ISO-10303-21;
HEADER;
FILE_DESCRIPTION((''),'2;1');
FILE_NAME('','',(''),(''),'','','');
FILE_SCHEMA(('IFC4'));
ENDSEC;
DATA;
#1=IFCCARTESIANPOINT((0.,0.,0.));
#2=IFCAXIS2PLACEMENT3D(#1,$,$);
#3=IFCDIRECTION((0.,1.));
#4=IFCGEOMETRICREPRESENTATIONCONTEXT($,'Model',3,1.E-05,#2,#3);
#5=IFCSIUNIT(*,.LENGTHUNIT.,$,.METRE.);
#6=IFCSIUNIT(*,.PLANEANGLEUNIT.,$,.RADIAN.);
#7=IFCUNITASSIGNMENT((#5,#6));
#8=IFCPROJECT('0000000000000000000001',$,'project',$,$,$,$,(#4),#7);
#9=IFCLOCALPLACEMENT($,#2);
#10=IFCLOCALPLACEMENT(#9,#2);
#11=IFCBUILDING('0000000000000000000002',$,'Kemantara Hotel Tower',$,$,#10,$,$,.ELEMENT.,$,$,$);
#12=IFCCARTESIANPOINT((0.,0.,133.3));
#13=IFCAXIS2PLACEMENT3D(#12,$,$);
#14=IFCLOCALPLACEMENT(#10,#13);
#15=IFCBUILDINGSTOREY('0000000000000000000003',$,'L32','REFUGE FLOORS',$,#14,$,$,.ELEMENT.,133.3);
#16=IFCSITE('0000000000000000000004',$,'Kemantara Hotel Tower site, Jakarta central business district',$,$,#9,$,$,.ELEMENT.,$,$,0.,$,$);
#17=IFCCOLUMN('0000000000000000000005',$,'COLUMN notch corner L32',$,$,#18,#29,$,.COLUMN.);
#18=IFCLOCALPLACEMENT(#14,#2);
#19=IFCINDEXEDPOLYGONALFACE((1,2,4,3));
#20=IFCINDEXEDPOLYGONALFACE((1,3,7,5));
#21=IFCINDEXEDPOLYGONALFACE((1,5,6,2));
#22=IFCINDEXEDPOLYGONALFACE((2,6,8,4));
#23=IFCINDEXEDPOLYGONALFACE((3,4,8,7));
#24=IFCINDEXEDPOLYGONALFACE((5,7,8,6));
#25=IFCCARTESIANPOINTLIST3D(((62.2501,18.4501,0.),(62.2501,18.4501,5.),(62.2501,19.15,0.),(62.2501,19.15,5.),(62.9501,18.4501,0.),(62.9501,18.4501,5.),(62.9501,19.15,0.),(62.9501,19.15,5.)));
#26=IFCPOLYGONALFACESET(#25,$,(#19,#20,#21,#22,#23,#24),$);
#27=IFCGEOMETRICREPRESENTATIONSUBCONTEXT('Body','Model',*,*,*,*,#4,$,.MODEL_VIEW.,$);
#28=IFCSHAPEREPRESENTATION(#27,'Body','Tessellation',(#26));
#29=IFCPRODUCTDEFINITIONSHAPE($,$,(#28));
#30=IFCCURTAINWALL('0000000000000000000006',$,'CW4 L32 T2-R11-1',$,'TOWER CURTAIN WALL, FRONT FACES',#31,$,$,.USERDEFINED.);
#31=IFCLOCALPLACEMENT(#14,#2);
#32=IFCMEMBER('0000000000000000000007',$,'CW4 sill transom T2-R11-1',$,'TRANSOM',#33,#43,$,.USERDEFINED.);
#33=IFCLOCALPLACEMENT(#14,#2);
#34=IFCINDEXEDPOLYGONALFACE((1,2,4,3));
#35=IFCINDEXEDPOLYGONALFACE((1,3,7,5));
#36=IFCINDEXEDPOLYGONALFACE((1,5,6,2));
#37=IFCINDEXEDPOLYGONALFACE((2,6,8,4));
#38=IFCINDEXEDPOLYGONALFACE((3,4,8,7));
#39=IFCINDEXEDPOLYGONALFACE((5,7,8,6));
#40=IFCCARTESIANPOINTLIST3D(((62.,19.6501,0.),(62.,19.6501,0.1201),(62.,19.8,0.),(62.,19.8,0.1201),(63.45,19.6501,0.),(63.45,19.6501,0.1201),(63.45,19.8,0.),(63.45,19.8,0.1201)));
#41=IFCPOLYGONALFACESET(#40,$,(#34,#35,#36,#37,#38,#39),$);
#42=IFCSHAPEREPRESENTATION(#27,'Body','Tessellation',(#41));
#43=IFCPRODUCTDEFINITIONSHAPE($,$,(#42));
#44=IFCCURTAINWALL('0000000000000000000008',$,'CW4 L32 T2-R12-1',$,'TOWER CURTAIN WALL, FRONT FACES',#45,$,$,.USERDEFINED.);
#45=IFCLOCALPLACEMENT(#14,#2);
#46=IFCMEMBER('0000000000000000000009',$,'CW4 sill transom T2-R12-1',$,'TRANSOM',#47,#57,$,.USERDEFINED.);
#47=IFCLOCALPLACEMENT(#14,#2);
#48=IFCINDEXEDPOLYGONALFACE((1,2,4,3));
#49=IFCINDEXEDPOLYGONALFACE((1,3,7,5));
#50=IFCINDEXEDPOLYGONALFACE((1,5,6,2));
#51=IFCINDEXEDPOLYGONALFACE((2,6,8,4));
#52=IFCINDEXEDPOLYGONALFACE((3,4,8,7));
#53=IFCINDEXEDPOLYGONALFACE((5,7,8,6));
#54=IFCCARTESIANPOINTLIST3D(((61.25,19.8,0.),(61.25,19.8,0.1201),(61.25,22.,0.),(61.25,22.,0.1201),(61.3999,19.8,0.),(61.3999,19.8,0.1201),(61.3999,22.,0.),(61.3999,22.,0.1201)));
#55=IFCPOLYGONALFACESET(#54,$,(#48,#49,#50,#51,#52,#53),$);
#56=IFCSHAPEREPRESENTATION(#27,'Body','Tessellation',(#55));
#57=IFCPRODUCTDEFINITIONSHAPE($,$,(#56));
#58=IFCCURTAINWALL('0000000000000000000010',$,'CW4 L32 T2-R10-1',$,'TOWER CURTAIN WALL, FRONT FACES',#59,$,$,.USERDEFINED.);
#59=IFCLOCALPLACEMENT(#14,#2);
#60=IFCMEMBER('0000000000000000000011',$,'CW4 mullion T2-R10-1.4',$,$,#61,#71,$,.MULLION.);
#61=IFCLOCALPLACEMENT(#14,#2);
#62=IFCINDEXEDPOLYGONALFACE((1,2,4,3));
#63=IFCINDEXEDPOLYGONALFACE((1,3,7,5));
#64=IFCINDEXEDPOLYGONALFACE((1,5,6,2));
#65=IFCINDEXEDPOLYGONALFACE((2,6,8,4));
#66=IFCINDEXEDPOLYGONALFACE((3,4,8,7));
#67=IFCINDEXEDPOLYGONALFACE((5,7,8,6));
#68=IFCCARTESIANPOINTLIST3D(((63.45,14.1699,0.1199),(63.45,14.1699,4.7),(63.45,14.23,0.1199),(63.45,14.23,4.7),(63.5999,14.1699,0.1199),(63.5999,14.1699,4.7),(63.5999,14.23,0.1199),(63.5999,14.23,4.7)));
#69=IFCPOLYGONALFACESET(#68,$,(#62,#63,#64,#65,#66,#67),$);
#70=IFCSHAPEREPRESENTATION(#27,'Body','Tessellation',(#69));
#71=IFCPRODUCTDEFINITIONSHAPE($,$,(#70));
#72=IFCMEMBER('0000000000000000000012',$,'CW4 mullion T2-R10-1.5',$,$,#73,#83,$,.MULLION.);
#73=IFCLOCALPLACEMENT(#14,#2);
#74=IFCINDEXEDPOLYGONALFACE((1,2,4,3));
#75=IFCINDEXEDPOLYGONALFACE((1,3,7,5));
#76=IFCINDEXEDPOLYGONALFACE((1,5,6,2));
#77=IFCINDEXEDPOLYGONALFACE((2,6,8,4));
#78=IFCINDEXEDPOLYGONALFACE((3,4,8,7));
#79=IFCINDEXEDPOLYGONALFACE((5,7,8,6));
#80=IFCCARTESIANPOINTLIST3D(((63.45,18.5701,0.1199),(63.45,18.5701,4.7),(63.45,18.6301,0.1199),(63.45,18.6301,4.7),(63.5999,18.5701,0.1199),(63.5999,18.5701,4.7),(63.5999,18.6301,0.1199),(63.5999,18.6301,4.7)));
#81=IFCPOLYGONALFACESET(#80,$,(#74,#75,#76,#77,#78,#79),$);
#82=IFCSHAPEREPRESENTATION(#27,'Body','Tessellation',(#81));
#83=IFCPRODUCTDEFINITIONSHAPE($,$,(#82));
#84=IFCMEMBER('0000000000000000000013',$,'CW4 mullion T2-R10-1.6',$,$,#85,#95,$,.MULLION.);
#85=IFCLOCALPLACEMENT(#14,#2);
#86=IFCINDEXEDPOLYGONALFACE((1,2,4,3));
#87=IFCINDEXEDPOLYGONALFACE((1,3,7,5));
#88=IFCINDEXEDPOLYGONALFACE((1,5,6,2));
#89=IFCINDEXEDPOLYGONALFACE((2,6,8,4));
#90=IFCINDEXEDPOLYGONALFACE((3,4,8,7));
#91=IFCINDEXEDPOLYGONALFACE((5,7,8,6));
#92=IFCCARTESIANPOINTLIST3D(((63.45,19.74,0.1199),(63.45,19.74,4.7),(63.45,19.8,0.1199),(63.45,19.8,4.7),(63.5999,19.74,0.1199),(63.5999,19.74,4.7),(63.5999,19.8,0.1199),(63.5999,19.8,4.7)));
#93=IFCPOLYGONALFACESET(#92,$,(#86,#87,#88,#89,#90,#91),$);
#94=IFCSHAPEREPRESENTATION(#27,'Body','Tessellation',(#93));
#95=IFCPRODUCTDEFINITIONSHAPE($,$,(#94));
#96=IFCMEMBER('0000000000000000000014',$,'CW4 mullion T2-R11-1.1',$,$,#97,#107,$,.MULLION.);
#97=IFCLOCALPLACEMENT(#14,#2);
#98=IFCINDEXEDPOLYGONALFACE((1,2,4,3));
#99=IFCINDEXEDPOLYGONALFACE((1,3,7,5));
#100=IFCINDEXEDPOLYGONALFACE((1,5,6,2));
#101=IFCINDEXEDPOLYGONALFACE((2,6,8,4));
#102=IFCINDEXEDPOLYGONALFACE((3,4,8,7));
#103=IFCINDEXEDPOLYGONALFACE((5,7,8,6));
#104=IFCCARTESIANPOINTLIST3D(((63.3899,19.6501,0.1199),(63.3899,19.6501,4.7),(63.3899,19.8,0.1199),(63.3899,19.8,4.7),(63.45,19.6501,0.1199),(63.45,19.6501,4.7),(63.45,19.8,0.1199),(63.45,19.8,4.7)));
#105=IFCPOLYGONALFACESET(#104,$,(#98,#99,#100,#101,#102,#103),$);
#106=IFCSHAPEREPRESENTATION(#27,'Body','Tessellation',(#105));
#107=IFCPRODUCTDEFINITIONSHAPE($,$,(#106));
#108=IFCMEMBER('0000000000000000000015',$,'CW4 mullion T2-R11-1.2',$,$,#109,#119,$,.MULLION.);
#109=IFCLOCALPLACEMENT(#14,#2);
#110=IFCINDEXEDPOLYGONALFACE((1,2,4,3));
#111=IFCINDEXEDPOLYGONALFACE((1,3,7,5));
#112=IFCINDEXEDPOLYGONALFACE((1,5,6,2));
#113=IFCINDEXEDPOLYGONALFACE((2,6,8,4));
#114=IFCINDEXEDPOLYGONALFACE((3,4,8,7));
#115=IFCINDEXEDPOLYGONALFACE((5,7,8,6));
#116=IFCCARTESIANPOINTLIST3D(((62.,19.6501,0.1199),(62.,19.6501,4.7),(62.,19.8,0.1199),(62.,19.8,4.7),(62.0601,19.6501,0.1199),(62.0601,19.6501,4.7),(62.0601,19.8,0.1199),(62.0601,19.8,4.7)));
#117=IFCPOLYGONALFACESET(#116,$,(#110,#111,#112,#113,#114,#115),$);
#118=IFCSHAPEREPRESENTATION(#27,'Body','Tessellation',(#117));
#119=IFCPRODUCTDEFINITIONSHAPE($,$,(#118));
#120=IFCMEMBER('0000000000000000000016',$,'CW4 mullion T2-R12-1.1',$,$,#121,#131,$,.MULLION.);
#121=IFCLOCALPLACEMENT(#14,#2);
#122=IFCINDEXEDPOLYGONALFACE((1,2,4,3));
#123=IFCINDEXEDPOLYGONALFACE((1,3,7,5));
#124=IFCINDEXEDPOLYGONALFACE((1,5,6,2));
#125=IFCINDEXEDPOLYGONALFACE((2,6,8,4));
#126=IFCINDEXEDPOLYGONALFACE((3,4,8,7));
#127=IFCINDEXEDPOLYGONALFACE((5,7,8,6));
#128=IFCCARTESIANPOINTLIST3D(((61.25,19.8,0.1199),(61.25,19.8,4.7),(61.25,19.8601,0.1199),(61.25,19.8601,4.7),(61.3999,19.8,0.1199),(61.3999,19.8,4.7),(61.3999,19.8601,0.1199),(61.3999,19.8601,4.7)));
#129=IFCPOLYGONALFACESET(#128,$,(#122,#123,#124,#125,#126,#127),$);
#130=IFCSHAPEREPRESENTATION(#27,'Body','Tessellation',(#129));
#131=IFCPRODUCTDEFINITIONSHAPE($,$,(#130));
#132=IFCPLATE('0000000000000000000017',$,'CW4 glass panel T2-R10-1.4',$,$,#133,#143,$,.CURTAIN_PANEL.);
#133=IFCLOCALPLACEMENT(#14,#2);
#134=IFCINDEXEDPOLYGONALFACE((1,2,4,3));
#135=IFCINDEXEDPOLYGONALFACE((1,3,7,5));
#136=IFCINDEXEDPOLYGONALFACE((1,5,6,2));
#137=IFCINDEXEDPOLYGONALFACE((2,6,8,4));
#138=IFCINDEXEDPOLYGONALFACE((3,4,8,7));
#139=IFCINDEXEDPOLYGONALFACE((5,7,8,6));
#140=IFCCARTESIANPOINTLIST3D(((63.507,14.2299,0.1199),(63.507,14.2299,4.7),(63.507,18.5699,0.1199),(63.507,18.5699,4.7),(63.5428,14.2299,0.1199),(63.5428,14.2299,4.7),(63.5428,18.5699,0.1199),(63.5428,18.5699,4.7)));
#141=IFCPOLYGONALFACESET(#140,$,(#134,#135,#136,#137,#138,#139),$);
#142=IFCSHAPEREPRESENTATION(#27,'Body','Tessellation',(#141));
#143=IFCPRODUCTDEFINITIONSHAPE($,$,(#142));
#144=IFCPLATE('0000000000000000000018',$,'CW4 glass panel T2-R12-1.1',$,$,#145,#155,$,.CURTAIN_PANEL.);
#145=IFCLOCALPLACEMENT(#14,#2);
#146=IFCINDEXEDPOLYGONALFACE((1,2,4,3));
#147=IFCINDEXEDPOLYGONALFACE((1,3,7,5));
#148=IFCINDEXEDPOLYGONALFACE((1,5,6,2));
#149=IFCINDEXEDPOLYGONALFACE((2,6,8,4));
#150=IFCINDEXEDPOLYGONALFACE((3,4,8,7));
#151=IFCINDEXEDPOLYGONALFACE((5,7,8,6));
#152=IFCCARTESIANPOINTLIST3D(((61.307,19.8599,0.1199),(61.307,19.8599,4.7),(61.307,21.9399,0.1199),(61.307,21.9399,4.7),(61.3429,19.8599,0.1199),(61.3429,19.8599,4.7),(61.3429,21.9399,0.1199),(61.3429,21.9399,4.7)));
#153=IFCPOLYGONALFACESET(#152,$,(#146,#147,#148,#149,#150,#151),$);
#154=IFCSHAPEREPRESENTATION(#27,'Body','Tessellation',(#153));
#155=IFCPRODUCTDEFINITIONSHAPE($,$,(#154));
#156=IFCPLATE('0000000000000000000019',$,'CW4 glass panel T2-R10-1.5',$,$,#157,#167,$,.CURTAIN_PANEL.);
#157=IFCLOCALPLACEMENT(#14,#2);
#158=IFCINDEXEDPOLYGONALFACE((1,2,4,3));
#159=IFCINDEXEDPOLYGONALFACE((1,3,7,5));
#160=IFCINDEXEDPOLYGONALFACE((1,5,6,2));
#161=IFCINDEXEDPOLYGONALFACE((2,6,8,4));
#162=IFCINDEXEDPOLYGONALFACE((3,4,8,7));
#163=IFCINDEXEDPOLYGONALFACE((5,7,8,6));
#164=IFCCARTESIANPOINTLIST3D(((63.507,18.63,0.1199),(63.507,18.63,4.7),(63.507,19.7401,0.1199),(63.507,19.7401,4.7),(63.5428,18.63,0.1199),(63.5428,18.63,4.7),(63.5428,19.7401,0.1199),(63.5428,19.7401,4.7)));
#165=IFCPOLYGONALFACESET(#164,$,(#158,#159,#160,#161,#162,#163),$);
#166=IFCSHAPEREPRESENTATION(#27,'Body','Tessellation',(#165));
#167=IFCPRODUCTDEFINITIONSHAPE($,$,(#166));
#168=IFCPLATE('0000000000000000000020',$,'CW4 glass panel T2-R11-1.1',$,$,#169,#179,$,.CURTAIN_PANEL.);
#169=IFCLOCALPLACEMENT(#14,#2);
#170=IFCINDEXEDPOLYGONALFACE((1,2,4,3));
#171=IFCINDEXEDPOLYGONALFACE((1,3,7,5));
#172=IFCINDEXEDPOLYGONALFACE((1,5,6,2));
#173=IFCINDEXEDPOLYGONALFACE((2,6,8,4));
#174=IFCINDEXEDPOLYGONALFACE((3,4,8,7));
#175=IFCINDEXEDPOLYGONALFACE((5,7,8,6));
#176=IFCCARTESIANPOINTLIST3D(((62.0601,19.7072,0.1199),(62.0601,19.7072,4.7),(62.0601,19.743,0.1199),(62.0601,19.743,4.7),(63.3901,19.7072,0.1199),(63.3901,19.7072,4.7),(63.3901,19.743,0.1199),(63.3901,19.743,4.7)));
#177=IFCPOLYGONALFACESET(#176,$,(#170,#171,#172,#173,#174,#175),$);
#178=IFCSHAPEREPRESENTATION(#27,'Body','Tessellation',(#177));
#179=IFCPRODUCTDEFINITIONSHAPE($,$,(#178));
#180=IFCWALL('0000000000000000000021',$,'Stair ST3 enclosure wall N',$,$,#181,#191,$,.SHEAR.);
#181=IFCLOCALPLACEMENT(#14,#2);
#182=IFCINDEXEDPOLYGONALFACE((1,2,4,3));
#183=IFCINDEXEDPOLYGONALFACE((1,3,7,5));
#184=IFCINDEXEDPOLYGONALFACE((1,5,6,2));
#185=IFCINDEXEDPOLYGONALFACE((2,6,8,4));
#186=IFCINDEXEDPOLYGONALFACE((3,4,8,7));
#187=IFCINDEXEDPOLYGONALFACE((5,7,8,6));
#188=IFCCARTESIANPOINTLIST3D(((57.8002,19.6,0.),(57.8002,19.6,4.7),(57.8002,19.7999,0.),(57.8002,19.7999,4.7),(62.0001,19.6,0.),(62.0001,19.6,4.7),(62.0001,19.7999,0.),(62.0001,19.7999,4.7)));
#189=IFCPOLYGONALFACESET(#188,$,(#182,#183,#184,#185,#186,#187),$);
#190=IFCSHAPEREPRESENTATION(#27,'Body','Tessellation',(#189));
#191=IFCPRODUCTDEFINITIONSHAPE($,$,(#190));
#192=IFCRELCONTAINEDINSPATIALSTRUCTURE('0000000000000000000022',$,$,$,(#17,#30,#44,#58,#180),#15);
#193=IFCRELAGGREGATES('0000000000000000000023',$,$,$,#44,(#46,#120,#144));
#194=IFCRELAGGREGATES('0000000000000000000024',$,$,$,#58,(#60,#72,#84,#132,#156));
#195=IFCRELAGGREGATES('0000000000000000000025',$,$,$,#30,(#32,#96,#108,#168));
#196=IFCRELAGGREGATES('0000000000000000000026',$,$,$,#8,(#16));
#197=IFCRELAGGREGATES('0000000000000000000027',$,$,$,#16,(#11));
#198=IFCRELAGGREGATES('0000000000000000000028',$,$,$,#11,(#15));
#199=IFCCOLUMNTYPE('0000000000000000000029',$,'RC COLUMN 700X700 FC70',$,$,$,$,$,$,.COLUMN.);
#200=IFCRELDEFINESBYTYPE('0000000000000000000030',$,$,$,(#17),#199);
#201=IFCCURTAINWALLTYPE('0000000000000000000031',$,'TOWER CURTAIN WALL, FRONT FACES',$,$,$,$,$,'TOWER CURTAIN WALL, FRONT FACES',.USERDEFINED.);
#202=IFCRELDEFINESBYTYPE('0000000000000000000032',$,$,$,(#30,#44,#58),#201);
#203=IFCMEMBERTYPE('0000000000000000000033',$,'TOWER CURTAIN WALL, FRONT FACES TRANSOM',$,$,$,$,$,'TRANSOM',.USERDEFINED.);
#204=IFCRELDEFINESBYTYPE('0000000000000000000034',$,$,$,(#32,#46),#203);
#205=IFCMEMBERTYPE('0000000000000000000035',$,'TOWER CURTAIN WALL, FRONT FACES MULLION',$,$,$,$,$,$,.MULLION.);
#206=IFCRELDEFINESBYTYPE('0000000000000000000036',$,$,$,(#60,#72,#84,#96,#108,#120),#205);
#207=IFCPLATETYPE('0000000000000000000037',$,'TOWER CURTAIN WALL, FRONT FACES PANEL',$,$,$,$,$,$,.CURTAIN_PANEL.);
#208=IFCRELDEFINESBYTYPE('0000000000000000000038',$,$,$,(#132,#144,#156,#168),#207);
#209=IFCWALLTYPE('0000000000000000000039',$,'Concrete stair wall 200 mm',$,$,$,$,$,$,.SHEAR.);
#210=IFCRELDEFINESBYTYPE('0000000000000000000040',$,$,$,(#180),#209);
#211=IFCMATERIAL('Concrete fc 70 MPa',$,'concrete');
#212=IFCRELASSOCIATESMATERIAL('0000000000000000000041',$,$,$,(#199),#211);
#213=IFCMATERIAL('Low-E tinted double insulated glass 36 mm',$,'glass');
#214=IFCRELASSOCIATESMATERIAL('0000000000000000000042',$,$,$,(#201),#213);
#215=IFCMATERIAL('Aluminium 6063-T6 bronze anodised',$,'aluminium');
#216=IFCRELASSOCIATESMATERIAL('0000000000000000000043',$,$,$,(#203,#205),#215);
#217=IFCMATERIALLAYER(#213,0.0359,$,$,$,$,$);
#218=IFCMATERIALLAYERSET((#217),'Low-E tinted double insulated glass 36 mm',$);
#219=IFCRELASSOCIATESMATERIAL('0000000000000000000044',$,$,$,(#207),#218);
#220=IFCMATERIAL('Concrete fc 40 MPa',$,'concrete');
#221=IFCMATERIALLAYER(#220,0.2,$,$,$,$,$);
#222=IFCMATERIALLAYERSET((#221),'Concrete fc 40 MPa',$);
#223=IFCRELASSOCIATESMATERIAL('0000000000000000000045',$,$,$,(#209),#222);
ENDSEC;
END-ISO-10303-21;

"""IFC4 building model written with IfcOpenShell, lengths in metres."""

from ifc_helpers import new_model, si_unit, direction, frame, frame_2d, origin, origin_2d, place, context, subcontext, project, spatial, rectangle, extrude, source, transform, mapped, material, layer, layer_set, material_profile, profile_set, type_object, element, aggregate, save


model = new_model("IFC4")

# Units and contexts
model_context = context("Model", 3, precision=1e-05, world=origin(), true_north=direction((0.0, 1.0)))
body_context = subcontext(model_context, "Body", "Model", "MODEL_VIEW")
ifc_project = project(units=[si_unit("LENGTHUNIT", "METRE"), si_unit("PLANEANGLEUNIT", "RADIAN")], contexts=[model_context])

# Site, building, storey
site_placement = place(None, origin())
site = spatial("IfcSite", under=ifc_project, at=site_placement, Name="Kemantara Hotel Tower site, Jakarta central business district", CompositionType="ELEMENT", RefElevation=0.0)
building_placement = place(site_placement, origin())
building = spatial("IfcBuilding", under=site, at=building_placement, Name="Kemantara Hotel Tower", CompositionType="ELEMENT")
storey_placement = place(building_placement, frame((0.0, 0.0, 133.3)))
storey = spatial("IfcBuildingStorey", under=building, at=storey_placement, Name="L32", Description="REFUGE FLOORS", CompositionType="ELEMENT", Elevation=133.3)

# Column
ifc_material_1 = material(Name="Concrete fc 70 MPa", Category="concrete")
ifc_material_profile_1 = material_profile(ifc_material_1, rectangle(XDim=0.7, YDim=0.7, at=origin_2d()), Name="RC 700X700")
ifc_profile_set_1 = profile_set([ifc_material_profile_1], Name="Concrete fc 70 MPa")
column_type = type_object("IfcColumnType", Name="RC COLUMN 700X700 FC70", PredefinedType="COLUMN", material=ifc_profile_set_1)
column_placement = place(storey_placement, frame((62.6001, 18.8, 0.0), z_axis=(0.0, 0.0, 1.0), x_axis=(1.0, 0.0, 0.0)))
element("IfcColumn", 1, at=column_placement, inside=storey, type_object=column_type, Name="COLUMN notch corner L32", PredefinedType="COLUMN", context=body_context, shape_type="SweptSolid", body=[
    extrude(rectangle(XDim=0.7, YDim=0.7, at=origin_2d()), origin(), (0.0, 0.0, 1.0), 5.0),
])

# Curtain walls, members
ifc_material_2 = material(Name="Low-E tinted double insulated glass 36 mm", Category="glass")
curtain_wall_type = type_object("IfcCurtainWallType", Name="TOWER CURTAIN WALL, FRONT FACES", ElementType="TOWER CURTAIN WALL, FRONT FACES", PredefinedType="USERDEFINED", material=ifc_material_2)
curtain_wall_1_placement = place(storey_placement, origin())
curtain_wall_1 = element("IfcCurtainWall", 2, at=curtain_wall_1_placement, inside=storey, type_object=curtain_wall_type, Name="CW4 L32 T2-R11-1", ObjectType="TOWER CURTAIN WALL, FRONT FACES", PredefinedType="USERDEFINED")
ifc_material_3 = material(Name="Aluminium 6063-T6 bronze anodised", Category="aluminium")
ifc_material_profile_2 = material_profile(ifc_material_3, rectangle(XDim=0.1499, YDim=0.1201, at=origin_2d()), Name="TOWER CURTAIN WALL, FRONT FACES TRANSOM")
ifc_profile_set_2 = profile_set([ifc_material_profile_2], Name="Aluminium 6063-T6 bronze anodised")
member_type_1 = type_object("IfcMemberType", Name="TOWER CURTAIN WALL, FRONT FACES TRANSOM", ElementType="TRANSOM", PredefinedType="USERDEFINED", material=ifc_profile_set_2)
member_1_placement = place(storey_placement, frame((63.45, 19.7251, 0.0601), z_axis=(-1.0, 0.0, 0.0), x_axis=(0.0, -1.0, 0.0)))
member_1 = element("IfcMember", 3, at=member_1_placement, type_object=member_type_1, Name="CW4 sill transom T2-R11-1", ObjectType="TRANSOM", PredefinedType="USERDEFINED", context=body_context, shape_type="SweptSolid", body=[
    extrude(rectangle(XDim=0.1499, YDim=0.1201, at=origin_2d()), origin(), (0.0, 0.0, 1.0), 1.45),
])
curtain_wall_2_placement = place(storey_placement, origin())
curtain_wall_2 = element("IfcCurtainWall", 4, at=curtain_wall_2_placement, inside=storey, type_object=curtain_wall_type, Name="CW4 L32 T2-R12-1", ObjectType="TOWER CURTAIN WALL, FRONT FACES", PredefinedType="USERDEFINED")
member_2_placement = place(storey_placement, frame((61.325, 19.8, 0.0601), z_axis=(0.0, 1.0, 0.0), x_axis=(-1.0, 0.0, 0.0)))
member_2 = element("IfcMember", 5, at=member_2_placement, type_object=member_type_1, Name="CW4 sill transom T2-R12-1", ObjectType="TRANSOM", PredefinedType="USERDEFINED", context=body_context, shape_type="SweptSolid", body=[
    extrude(rectangle(XDim=0.1499, YDim=0.1201, at=origin_2d()), origin(), (0.0, 0.0, 1.0), 2.2),
])

# Curtain wall, members
curtain_wall_3_placement = place(storey_placement, origin())
curtain_wall_3 = element("IfcCurtainWall", 6, at=curtain_wall_3_placement, inside=storey, type_object=curtain_wall_type, Name="CW4 L32 T2-R10-1", ObjectType="TOWER CURTAIN WALL, FRONT FACES", PredefinedType="USERDEFINED")
ifc_material_profile_3 = material_profile(ifc_material_3, rectangle(XDim=0.1499, YDim=0.0601, at=origin_2d()), Name="TOWER CURTAIN WALL, FRONT FACES MULLION")
ifc_profile_set_3 = profile_set([ifc_material_profile_3], Name="Aluminium 6063-T6 bronze anodised")
member_type_2 = type_object("IfcMemberType", Name="TOWER CURTAIN WALL, FRONT FACES MULLION", PredefinedType="MULLION", material=ifc_profile_set_3)
shared_shape_1 = source(origin(), body_context, "Body", "SweptSolid", [
    extrude(rectangle(XDim=0.1499, YDim=0.0601, at=origin_2d()), origin(), (0.0, 0.0, 1.0), 4.5801),
])
member_3_placement = place(storey_placement, frame((63.5249, 14.2, 0.1199), z_axis=(0.0, 0.0, 1.0), x_axis=(-1.0, 0.0, 0.0)))
member_3 = element("IfcMember", 7, at=member_3_placement, type_object=member_type_2, Name="CW4 mullion T2-R10-1.4", PredefinedType="MULLION", context=body_context, shape_type="MappedRepresentation", body=[
    mapped(shared_shape_1, transform((0.0, 0.0, 0.0))),
])
member_4_placement = place(storey_placement, frame((63.5249, 18.6001, 0.1199), z_axis=(0.0, 0.0, 1.0), x_axis=(-1.0, 0.0, 0.0)))
member_4 = element("IfcMember", 8, at=member_4_placement, type_object=member_type_2, Name="CW4 mullion T2-R10-1.5", PredefinedType="MULLION", context=body_context, shape_type="MappedRepresentation", body=[
    mapped(shared_shape_1, transform((0.0, 0.0, 0.0))),
])
member_5_placement = place(storey_placement, frame((63.5249, 19.77, 0.1199), z_axis=(0.0, 0.0, 1.0), x_axis=(-1.0, 0.0, 0.0)))
member_5 = element("IfcMember", 9, at=member_5_placement, type_object=member_type_2, Name="CW4 mullion T2-R10-1.6", PredefinedType="MULLION", context=body_context, shape_type="MappedRepresentation", body=[
    mapped(shared_shape_1, transform((0.0, 0.0, 0.0))),
])

# Members
member_6_placement = place(storey_placement, frame((63.4199, 19.7251, 0.1199), z_axis=(0.0, 0.0, 1.0), x_axis=(0.0, -1.0, 0.0)))
member_6 = element("IfcMember", 10, at=member_6_placement, type_object=member_type_2, Name="CW4 mullion T2-R11-1.1", PredefinedType="MULLION", context=body_context, shape_type="MappedRepresentation", body=[
    mapped(shared_shape_1, transform((0.0, 0.0, 0.0))),
])
member_7_placement = place(storey_placement, frame((62.03, 19.7251, 0.1199), z_axis=(0.0, 0.0, 1.0), x_axis=(0.0, -1.0, 0.0)))
member_7 = element("IfcMember", 11, at=member_7_placement, type_object=member_type_2, Name="CW4 mullion T2-R11-1.2", PredefinedType="MULLION", context=body_context, shape_type="MappedRepresentation", body=[
    mapped(shared_shape_1, transform((0.0, 0.0, 0.0))),
])
member_8_placement = place(storey_placement, frame((61.325, 19.8301, 0.1199), z_axis=(0.0, 0.0, 1.0), x_axis=(-1.0, 0.0, 0.0)))
member_8 = element("IfcMember", 12, at=member_8_placement, type_object=member_type_2, Name="CW4 mullion T2-R12-1.1", PredefinedType="MULLION", context=body_context, shape_type="MappedRepresentation", body=[
    mapped(shared_shape_1, transform((0.0, 0.0, 0.0))),
])

# Plates
ifc_layer_1 = layer(ifc_material_2, 0.0359)
ifc_layer_set_1 = layer_set([ifc_layer_1], Name="Low-E tinted double insulated glass 36 mm")
plate_type = type_object("IfcPlateType", Name="TOWER CURTAIN WALL, FRONT FACES PANEL", PredefinedType="CURTAIN_PANEL", material=ifc_layer_set_1)
shared_shape_2 = source(origin(), body_context, "Body", "SweptSolid", [
    extrude(rectangle(XDim=4.3401, YDim=0.0359, at=origin_2d()), origin(), (0.0, 0.0, 1.0), 4.5801),
])
plate_1_placement = place(storey_placement, frame((63.5249, 16.3999, 0.1199), z_axis=(0.0, 0.0, 1.0), x_axis=(0.0, 1.0, 0.0)))
plate_1 = element("IfcPlate", 13, at=plate_1_placement, type_object=plate_type, Name="CW4 glass panel T2-R10-1.4", PredefinedType="CURTAIN_PANEL", context=body_context, shape_type="MappedRepresentation", body=[
    mapped(shared_shape_2, transform((0.0, 0.0, 0.0))),
])
shared_shape_3 = source(origin(), body_context, "Body", "SweptSolid", [
    extrude(rectangle(XDim=2.0801, YDim=0.0359, at=origin_2d()), origin(), (0.0, 0.0, 1.0), 4.5801),
])
plate_2_placement = place(storey_placement, frame((61.325, 20.8999, 0.1199), z_axis=(0.0, 0.0, 1.0), x_axis=(0.0, 1.0, 0.0)))
plate_2 = element("IfcPlate", 14, at=plate_2_placement, type_object=plate_type, Name="CW4 glass panel T2-R12-1.1", PredefinedType="CURTAIN_PANEL", context=body_context, shape_type="MappedRepresentation", body=[
    mapped(shared_shape_3, transform((0.0, 0.0, 0.0))),
])
aggregate(curtain_wall_2, [member_2, member_8, plate_2])
shared_shape_4 = source(origin(), body_context, "Body", "SweptSolid", [
    extrude(rectangle(XDim=1.1101, YDim=0.0359, at=origin_2d()), origin(), (0.0, 0.0, 1.0), 4.5801),
])
plate_3_placement = place(storey_placement, frame((63.5249, 19.1851, 0.1199), z_axis=(0.0, 0.0, 1.0), x_axis=(0.0, 1.0, 0.0)))
plate_3 = element("IfcPlate", 15, at=plate_3_placement, type_object=plate_type, Name="CW4 glass panel T2-R10-1.5", PredefinedType="CURTAIN_PANEL", context=body_context, shape_type="MappedRepresentation", body=[
    mapped(shared_shape_4, transform((0.0, 0.0, 0.0))),
])
aggregate(curtain_wall_3, [member_3, member_4, member_5, plate_1, plate_3])
shared_shape_5 = source(origin(), body_context, "Body", "SweptSolid", [
    extrude(rectangle(XDim=1.3301, YDim=0.0359, at=origin_2d()), origin(), (0.0, 0.0, 1.0), 4.5801),
])
plate_4_placement = place(storey_placement, frame((62.7251, 19.7251, 0.1199), z_axis=(0.0, 0.0, 1.0), x_axis=(-1.0, 0.0, 0.0)))
plate_4 = element("IfcPlate", 16, at=plate_4_placement, type_object=plate_type, Name="CW4 glass panel T2-R11-1.1", PredefinedType="CURTAIN_PANEL", context=body_context, shape_type="MappedRepresentation", body=[
    mapped(shared_shape_5, transform((0.0, 0.0, 0.0))),
])
aggregate(curtain_wall_1, [member_1, member_6, member_7, plate_4])

# Wall
ifc_material_4 = material(Name="Concrete fc 40 MPa", Category="concrete")
ifc_layer_2 = layer(ifc_material_4, 0.2)
ifc_layer_set_2 = layer_set([ifc_layer_2], Name="Concrete fc 40 MPa")
wall_type = type_object("IfcWallType", Name="Concrete stair wall 200 mm", PredefinedType="SHEAR", material=ifc_layer_set_2)
wall_placement = place(storey_placement, frame((57.8, 19.7, 0.0), z_axis=(0.0, 0.0, 1.0), x_axis=(1.0, 0.0, 0.0)))
element("IfcWall", 17, at=wall_placement, inside=storey, type_object=wall_type, Name="Stair ST3 enclosure wall N", PredefinedType="SHEAR", context=body_context, shape_type="SweptSolid", body=[
    extrude(rectangle(XDim=4.2, YDim=0.2, at=frame_2d((2.1001, 0.0))), origin(), (0.0, 0.0, 1.0), 4.7),
])

save(model, "model.ifc")
